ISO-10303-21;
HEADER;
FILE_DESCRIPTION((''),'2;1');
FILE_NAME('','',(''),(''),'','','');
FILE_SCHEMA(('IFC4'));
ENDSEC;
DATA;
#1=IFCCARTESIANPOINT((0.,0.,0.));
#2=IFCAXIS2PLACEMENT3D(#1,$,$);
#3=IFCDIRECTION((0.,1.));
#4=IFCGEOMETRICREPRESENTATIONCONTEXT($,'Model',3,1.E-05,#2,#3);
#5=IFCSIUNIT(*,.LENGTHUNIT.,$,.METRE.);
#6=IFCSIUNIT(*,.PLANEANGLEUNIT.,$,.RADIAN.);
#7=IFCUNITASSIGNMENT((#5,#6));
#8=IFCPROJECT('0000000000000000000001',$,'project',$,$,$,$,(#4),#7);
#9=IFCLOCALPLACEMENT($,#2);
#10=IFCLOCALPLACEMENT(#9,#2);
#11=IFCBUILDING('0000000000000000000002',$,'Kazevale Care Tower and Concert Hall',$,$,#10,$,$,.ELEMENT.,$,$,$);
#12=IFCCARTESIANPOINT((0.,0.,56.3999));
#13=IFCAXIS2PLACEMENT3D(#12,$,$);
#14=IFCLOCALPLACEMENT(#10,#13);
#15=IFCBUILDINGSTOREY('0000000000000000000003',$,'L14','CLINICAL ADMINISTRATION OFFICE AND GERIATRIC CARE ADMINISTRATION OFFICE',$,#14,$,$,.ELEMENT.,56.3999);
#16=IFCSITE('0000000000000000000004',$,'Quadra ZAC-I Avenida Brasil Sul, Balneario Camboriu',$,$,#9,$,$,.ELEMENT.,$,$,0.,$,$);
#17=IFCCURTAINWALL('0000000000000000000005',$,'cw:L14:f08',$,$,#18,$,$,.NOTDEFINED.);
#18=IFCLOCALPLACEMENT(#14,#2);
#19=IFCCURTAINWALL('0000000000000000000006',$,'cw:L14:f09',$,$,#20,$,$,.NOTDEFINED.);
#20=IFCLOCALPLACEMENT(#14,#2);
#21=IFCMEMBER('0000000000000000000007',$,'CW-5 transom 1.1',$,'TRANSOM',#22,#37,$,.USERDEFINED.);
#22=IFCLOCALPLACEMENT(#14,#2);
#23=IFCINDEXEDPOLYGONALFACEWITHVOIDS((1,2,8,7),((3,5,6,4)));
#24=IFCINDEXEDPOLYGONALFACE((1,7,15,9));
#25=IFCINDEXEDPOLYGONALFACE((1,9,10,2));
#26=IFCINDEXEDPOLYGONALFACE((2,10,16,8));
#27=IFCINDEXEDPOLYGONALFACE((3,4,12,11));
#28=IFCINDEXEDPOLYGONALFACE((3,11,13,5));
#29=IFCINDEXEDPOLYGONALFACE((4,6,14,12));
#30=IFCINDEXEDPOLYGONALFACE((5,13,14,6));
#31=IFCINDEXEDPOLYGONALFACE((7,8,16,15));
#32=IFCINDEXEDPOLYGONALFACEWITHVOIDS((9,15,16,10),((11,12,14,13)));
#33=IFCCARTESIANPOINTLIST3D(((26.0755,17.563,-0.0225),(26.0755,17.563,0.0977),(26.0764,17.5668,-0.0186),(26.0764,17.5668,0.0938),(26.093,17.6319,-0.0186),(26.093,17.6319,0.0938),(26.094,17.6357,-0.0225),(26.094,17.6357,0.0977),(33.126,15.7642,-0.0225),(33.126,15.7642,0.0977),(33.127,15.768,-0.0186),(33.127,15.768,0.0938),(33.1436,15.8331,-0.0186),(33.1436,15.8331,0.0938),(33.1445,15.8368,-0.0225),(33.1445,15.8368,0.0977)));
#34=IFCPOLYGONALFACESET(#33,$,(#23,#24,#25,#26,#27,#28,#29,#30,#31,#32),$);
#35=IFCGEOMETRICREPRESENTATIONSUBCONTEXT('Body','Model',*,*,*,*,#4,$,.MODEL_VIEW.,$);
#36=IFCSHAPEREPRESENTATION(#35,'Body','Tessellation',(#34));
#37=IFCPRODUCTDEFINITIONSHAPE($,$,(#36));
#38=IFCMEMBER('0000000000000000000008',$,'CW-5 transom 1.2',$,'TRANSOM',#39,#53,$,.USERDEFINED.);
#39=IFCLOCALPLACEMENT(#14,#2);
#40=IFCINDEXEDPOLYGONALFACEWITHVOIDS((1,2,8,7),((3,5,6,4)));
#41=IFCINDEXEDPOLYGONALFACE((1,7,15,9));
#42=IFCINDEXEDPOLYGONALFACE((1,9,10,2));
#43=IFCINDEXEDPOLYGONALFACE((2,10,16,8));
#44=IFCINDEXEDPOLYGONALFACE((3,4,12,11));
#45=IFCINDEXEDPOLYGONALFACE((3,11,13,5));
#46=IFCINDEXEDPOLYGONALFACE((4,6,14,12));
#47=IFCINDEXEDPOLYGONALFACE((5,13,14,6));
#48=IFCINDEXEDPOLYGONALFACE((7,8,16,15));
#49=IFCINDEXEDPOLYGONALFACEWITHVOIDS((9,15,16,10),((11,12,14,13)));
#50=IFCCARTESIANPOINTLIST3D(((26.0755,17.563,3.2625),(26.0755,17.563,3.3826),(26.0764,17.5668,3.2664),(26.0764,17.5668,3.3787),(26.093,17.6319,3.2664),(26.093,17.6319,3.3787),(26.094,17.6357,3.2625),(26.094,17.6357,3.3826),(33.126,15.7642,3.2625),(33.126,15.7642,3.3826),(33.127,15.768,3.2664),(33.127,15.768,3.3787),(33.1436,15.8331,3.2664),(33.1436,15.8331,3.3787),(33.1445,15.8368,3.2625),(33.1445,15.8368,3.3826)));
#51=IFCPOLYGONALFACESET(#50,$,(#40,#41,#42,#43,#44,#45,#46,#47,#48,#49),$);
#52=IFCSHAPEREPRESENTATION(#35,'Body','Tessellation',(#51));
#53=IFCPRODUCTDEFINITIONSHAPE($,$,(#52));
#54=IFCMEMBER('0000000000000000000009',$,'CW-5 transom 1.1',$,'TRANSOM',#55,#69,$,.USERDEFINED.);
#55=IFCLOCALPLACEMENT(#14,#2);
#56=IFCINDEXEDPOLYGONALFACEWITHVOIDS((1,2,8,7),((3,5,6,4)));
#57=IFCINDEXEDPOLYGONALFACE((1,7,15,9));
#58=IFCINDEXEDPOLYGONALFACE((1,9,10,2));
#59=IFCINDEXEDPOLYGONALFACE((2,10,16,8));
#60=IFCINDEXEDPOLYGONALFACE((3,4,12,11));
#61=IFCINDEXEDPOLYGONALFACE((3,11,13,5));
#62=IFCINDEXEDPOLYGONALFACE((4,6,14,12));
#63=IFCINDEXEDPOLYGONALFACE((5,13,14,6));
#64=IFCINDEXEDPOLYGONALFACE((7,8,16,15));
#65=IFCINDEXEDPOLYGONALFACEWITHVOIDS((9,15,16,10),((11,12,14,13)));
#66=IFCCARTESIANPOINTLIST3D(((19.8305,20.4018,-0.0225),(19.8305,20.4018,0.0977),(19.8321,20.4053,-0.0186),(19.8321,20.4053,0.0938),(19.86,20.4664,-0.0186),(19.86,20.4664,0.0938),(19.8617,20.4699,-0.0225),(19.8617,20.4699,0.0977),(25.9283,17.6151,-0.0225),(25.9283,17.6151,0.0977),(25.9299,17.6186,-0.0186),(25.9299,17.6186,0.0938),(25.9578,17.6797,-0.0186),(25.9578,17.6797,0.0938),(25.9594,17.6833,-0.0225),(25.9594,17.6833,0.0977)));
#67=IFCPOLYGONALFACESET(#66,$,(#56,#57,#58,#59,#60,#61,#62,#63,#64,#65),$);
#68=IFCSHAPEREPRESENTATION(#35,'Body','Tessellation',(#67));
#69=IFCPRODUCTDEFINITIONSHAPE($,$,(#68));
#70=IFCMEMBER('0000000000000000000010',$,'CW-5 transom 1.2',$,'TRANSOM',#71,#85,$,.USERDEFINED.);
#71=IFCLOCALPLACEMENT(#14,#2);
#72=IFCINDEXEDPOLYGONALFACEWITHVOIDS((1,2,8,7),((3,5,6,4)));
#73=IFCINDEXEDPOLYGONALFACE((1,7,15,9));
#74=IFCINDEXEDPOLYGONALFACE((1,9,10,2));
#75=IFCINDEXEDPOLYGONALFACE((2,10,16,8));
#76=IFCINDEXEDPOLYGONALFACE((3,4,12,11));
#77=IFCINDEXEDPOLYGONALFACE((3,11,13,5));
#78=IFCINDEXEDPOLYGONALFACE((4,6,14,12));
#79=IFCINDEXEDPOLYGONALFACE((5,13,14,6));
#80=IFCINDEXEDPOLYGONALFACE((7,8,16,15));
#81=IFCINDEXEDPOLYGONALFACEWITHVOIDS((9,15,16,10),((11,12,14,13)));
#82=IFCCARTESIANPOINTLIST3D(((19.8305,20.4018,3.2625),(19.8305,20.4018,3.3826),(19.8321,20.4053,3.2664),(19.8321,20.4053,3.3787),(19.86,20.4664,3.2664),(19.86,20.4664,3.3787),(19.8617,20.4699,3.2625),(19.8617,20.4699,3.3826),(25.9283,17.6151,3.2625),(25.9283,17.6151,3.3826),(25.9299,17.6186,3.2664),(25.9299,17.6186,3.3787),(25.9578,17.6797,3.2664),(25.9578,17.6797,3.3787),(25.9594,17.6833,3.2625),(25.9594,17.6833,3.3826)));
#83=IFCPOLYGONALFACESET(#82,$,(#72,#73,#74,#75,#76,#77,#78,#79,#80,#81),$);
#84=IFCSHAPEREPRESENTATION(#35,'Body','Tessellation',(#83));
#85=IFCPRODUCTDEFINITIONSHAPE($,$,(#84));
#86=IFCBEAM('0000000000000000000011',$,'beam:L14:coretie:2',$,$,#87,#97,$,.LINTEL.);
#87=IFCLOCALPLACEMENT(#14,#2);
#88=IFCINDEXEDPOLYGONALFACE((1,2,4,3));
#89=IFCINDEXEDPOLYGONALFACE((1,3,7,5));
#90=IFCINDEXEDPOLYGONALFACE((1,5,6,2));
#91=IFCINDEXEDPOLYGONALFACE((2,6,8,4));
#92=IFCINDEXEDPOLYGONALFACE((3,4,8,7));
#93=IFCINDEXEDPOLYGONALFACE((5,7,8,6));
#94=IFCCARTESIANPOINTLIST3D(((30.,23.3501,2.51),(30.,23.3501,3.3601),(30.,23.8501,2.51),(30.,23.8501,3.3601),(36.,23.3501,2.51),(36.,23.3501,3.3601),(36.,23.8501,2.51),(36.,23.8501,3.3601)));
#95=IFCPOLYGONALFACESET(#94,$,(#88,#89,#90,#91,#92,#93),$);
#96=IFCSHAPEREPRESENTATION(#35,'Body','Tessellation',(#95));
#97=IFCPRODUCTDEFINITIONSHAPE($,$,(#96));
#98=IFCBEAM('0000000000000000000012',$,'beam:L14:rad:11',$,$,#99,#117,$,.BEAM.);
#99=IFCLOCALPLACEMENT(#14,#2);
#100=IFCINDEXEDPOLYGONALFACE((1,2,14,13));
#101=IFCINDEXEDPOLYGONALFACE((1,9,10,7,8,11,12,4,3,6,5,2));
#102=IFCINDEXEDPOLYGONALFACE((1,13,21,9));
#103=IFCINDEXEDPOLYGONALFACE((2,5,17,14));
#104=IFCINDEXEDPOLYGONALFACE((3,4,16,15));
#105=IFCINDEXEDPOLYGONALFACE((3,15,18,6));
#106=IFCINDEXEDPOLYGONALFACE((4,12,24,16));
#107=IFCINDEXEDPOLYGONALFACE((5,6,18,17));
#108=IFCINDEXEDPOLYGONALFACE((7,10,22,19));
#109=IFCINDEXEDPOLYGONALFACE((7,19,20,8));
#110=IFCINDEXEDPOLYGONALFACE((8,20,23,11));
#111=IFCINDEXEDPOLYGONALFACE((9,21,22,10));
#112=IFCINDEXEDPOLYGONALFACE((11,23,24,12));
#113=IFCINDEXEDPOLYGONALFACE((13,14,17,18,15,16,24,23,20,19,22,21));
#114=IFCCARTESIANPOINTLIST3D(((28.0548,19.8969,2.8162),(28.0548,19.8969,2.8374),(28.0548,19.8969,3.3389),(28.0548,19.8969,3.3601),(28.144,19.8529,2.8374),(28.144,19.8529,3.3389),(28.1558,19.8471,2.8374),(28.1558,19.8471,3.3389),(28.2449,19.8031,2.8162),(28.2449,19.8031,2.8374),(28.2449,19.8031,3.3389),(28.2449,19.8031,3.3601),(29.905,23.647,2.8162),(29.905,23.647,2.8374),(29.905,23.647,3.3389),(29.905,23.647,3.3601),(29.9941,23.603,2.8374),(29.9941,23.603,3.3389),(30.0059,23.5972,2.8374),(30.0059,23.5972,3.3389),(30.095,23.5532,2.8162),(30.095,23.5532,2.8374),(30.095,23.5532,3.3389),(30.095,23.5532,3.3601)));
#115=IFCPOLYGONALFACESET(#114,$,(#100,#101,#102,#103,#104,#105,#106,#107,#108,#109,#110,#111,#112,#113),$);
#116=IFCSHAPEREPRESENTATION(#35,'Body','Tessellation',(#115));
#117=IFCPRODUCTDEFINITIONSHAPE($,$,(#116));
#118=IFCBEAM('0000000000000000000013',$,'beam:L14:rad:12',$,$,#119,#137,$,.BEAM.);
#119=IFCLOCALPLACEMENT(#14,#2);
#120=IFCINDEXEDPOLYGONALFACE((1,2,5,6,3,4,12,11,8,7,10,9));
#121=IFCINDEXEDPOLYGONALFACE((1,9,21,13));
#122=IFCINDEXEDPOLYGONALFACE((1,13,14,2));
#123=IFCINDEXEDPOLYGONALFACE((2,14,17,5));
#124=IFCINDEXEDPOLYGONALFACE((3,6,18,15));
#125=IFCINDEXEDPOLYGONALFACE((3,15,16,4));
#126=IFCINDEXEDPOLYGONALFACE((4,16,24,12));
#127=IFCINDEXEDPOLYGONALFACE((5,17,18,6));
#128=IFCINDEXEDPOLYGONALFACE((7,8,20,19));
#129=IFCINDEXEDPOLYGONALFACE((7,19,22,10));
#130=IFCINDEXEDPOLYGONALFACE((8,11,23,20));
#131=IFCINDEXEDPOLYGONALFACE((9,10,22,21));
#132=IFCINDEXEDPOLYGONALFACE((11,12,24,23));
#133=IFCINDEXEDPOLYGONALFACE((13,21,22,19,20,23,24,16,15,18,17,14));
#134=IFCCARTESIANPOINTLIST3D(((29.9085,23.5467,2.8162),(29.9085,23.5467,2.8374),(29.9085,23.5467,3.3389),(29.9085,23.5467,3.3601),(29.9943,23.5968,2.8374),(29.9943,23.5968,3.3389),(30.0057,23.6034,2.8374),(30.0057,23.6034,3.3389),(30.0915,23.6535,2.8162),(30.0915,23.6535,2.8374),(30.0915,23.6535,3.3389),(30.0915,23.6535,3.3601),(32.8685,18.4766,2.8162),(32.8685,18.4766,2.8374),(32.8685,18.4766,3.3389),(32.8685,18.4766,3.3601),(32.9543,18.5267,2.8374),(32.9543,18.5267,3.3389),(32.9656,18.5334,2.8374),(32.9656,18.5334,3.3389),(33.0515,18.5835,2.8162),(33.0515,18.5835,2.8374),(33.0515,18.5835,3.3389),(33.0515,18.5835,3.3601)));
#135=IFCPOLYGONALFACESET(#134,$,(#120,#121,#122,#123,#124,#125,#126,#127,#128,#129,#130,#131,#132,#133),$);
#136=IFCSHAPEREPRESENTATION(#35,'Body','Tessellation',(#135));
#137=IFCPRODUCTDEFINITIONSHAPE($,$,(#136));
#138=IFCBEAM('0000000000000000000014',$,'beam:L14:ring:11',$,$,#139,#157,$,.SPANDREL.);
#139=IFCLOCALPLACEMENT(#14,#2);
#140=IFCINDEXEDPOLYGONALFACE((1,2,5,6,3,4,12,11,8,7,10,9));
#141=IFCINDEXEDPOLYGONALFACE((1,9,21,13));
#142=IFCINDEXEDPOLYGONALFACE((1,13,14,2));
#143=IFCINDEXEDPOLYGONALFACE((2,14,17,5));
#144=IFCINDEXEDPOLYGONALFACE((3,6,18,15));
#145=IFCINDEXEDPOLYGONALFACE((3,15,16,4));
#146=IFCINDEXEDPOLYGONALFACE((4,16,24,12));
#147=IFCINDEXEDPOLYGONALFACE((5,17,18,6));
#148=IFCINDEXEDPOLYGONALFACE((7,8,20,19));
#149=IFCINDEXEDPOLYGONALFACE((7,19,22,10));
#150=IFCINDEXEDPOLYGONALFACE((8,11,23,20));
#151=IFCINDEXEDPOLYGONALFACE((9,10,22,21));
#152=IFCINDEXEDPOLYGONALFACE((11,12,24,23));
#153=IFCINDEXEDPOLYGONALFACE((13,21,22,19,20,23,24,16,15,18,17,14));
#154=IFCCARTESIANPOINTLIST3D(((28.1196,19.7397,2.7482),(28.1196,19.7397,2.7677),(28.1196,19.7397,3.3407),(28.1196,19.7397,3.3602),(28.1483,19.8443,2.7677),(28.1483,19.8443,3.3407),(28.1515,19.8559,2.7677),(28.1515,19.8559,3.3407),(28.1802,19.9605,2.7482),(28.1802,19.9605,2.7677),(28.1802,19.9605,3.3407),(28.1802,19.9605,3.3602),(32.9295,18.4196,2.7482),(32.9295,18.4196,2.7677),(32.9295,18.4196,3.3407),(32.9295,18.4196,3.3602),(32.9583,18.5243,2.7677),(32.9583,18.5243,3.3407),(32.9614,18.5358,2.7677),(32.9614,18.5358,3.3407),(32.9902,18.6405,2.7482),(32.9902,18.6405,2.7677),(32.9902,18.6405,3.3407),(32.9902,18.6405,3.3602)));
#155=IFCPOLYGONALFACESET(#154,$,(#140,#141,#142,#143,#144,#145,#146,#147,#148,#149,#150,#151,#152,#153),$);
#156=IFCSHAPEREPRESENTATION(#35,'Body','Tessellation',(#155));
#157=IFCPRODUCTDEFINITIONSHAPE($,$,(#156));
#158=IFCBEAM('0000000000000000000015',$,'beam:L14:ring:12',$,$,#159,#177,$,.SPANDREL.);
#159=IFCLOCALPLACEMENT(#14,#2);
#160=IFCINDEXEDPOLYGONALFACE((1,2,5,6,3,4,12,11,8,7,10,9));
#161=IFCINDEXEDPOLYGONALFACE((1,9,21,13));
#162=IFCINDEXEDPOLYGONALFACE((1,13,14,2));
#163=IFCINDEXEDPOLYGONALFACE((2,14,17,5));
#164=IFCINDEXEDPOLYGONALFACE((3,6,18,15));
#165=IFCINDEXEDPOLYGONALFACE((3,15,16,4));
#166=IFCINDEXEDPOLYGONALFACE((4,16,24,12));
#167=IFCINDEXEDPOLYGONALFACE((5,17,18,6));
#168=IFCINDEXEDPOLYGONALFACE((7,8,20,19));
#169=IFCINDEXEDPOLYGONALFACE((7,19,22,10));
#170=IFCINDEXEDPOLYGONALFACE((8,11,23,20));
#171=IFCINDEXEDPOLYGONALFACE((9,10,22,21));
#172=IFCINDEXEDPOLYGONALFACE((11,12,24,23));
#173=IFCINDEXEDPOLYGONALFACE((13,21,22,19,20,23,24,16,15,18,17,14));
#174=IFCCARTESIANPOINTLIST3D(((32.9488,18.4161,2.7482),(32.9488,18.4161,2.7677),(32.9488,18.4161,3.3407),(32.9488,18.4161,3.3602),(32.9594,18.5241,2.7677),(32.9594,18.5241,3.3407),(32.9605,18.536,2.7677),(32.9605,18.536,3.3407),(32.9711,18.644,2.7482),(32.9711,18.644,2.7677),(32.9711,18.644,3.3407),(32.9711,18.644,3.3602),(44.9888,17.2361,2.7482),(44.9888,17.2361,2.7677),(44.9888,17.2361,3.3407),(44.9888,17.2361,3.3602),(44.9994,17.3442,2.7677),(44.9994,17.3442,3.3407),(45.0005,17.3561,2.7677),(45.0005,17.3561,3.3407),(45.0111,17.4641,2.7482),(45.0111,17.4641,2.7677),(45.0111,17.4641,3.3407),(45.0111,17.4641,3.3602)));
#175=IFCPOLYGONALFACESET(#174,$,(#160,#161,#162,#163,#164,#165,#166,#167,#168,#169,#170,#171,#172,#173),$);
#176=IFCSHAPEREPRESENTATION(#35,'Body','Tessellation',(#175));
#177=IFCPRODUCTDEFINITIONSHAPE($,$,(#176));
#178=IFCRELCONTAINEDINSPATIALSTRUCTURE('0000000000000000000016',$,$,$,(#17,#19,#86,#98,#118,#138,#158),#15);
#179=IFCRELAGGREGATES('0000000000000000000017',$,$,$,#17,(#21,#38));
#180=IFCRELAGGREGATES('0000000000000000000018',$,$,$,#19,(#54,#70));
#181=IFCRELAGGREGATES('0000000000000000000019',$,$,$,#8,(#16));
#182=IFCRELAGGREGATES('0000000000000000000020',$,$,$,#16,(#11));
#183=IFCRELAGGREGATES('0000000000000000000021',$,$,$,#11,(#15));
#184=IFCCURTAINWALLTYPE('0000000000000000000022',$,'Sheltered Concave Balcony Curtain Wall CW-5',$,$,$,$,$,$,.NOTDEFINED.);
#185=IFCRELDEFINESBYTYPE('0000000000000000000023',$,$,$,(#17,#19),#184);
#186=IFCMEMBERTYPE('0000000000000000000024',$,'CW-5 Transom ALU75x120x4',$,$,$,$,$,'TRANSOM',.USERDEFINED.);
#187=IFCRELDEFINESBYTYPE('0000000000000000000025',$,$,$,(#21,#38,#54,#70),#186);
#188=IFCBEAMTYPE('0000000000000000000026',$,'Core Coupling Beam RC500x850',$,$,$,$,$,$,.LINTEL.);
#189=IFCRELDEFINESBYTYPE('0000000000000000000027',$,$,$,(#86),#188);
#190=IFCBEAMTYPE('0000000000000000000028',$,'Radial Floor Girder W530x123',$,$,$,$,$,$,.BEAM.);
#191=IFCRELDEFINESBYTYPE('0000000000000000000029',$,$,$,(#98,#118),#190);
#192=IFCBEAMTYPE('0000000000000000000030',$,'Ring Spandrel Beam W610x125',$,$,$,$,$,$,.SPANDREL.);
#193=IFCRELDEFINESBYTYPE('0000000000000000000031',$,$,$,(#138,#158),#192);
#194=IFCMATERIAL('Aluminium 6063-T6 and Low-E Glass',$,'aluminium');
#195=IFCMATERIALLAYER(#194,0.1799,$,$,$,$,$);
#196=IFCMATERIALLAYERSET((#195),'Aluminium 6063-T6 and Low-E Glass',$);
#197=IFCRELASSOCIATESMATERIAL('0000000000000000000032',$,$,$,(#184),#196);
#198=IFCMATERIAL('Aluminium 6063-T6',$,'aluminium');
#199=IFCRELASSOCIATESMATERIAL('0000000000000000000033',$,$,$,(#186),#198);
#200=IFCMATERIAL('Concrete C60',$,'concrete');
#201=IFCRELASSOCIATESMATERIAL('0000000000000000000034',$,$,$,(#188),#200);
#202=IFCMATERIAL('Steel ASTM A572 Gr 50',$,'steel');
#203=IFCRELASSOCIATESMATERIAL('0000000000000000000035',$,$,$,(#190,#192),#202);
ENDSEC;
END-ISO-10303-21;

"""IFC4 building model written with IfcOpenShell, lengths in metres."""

from ifc_helpers import new_model, si_unit, direction, frame, origin, origin_2d, place, context, subcontext, project, spatial, rectangle, hollow_rectangle, i_section, extrude, material, layer, layer_set, material_profile, profile_set, type_object, element, aggregate, save


model = new_model("IFC4")

# Units and contexts
model_context = context("Model", 3, precision=1e-05, world=origin(), true_north=direction((0.0, 1.0)))
body_context = subcontext(model_context, "Body", "Model", "MODEL_VIEW")
ifc_project = project(units=[si_unit("LENGTHUNIT", "METRE"), si_unit("PLANEANGLEUNIT", "RADIAN")], contexts=[model_context])

# Site, building, storey
site_placement = place(None, origin())
site = spatial("IfcSite", under=ifc_project, at=site_placement, Name="Quadra ZAC-I Avenida Brasil Sul, Balneario Camboriu", CompositionType="ELEMENT", RefElevation=0.0)
building_placement = place(site_placement, origin())
building = spatial("IfcBuilding", under=site, at=building_placement, Name="Kazevale Care Tower and Concert Hall", CompositionType="ELEMENT")
storey_placement = place(building_placement, frame((0.0, 0.0, 56.3999)))
storey = spatial("IfcBuildingStorey", under=building, at=storey_placement, Name="L14", Description="CLINICAL ADMINISTRATION OFFICE AND GERIATRIC CARE ADMINISTRATION OFFICE", CompositionType="ELEMENT", Elevation=56.3999)

# Shared definitions
ifc_material_1 = material(Name="Aluminium 6063-T6 and Low-E Glass", Category="aluminium")
ifc_layer_1 = layer(ifc_material_1, 0.1799)
ifc_layer_set_1 = layer_set([ifc_layer_1], Name="Aluminium 6063-T6 and Low-E Glass")
curtain_wall_type = type_object("IfcCurtainWallType", Name="Sheltered Concave Balcony Curtain Wall CW-5", PredefinedType="NOTDEFINED", material=ifc_layer_set_1)
ifc_material_2 = material(Name="Aluminium 6063-T6", Category="aluminium")

# Curtain wall
curtain_wall_1_placement = place(storey_placement, origin())
curtain_wall_1 = element("IfcCurtainWall", 1, at=curtain_wall_1_placement, inside=storey, type_object=curtain_wall_type, Name="cw:L14:f08", PredefinedType="NOTDEFINED")

# Curtain wall
curtain_wall_2_placement = place(storey_placement, origin())
curtain_wall_2 = element("IfcCurtainWall", 2, at=curtain_wall_2_placement, inside=storey, type_object=curtain_wall_type, Name="cw:L14:f09", PredefinedType="NOTDEFINED")

# Members
ifc_material_profile_1 = material_profile(ifc_material_2, hollow_rectangle(XDim=0.075, YDim=0.1201, WallThickness=0.0039, at=origin_2d()), Name="ALU75x120x4")
ifc_profile_set_1 = profile_set([ifc_material_profile_1], Name="Aluminium 6063-T6")
member_type_1 = type_object("IfcMemberType", Name="CW-5 Transom ALU75x120x4", ElementType="TRANSOM", PredefinedType="USERDEFINED", material=ifc_profile_set_1)
member_1_placement = place(storey_placement, frame((33.1353, 15.8005, 0.0376), z_axis=(-0.968961, 0.247214, 0.0), x_axis=(-0.247214, -0.968961, 0.0)))
member_1 = element("IfcMember", 3, at=member_1_placement, type_object=member_type_1, Name="CW-5 transom 1.1", ObjectType="TRANSOM", PredefinedType="USERDEFINED", context=body_context, shape_type="SweptSolid", body=[
    extrude(hollow_rectangle(XDim=0.075, YDim=0.1201, WallThickness=0.0039, at=origin_2d()), origin(), (0.0, 0.0, 1.0), 7.2764),
])
member_2_placement = place(storey_placement, frame((33.1353, 15.8005, 3.3225), z_axis=(-0.968961, 0.247214, 0.0), x_axis=(-0.247214, -0.968961, 0.0)))
member_2 = element("IfcMember", 4, at=member_2_placement, type_object=member_type_1, Name="CW-5 transom 1.2", ObjectType="TRANSOM", PredefinedType="USERDEFINED", context=body_context, shape_type="SweptSolid", body=[
    extrude(hollow_rectangle(XDim=0.075, YDim=0.1201, WallThickness=0.0039, at=origin_2d()), origin(), (0.0, 0.0, 1.0), 7.2764),
])
member_3_placement = place(storey_placement, frame((25.9438, 17.6492, 0.0376), z_axis=(-0.909524, 0.415651, 0.0), x_axis=(-0.415651, -0.909524, 0.0)))
member_3 = element("IfcMember", 5, at=member_3_placement, type_object=member_type_1, Name="CW-5 transom 1.1", ObjectType="TRANSOM", PredefinedType="USERDEFINED", context=body_context, shape_type="SweptSolid", body=[
    extrude(hollow_rectangle(XDim=0.075, YDim=0.1201, WallThickness=0.0039, at=origin_2d()), origin(), (0.0, 0.0, 1.0), 6.7043),
])
member_4_placement = place(storey_placement, frame((25.9438, 17.6492, 3.3225), z_axis=(-0.909524, 0.415651, 0.0), x_axis=(-0.415651, -0.909524, 0.0)))
member_4 = element("IfcMember", 6, at=member_4_placement, type_object=member_type_1, Name="CW-5 transom 1.2", ObjectType="TRANSOM", PredefinedType="USERDEFINED", context=body_context, shape_type="SweptSolid", body=[
    extrude(hollow_rectangle(XDim=0.075, YDim=0.1201, WallThickness=0.0039, at=origin_2d()), origin(), (0.0, 0.0, 1.0), 6.7043),
])

# Beams
ifc_material_3 = material(Name="Concrete C60", Category="concrete")
ifc_material_profile_2 = material_profile(ifc_material_3, rectangle(XDim=0.5, YDim=0.8501, at=origin_2d()), Name="RC-B500x850")
ifc_profile_set_2 = profile_set([ifc_material_profile_2], Name="Concrete C60")
beam_type_1 = type_object("IfcBeamType", Name="Core Coupling Beam RC500x850", PredefinedType="LINTEL", material=ifc_profile_set_2)
beam_1_placement = place(storey_placement, frame((30.0, 23.6001, 2.9351), z_axis=(1.0, 0.0, 0.0), x_axis=(0.0, 1.0, 0.0)))
element("IfcBeam", 7, at=beam_1_placement, inside=storey, type_object=beam_type_1, Name="beam:L14:coretie:2", PredefinedType="LINTEL", context=body_context, shape_type="SweptSolid", body=[
    extrude(rectangle(XDim=0.5, YDim=0.8501, at=origin_2d()), origin(), (0.0, 0.0, 1.0), 6.0),
])
ifc_material_4 = material(Name="Steel ASTM A572 Gr 50", Category="steel")
ifc_material_profile_3 = material_profile(ifc_material_4, i_section(OverallWidth=0.2119, OverallDepth=0.5439, WebThickness=0.0132, FlangeThickness=0.0212, at=origin_2d()), Name="W530x123")
ifc_profile_set_3 = profile_set([ifc_material_profile_3], Name="Steel ASTM A572 Gr 50")
beam_type_2 = type_object("IfcBeamType", Name="Radial Floor Girder W530x123", PredefinedType="BEAM", material=ifc_profile_set_3)
beam_2_placement = place(storey_placement, frame((30.0, 23.6001, 3.0881), z_axis=(-0.442443, -0.896797, 0.0), x_axis=(0.896797, -0.442443, 0.0)))
element("IfcBeam", 8, at=beam_2_placement, inside=storey, type_object=beam_type_2, Name="beam:L14:rad:11", PredefinedType="BEAM", context=body_context, shape_type="SweptSolid", body=[
    extrude(i_section(OverallWidth=0.2119, OverallDepth=0.5439, WebThickness=0.0132, FlangeThickness=0.0212, at=origin_2d()), origin(), (0.0, 0.0, 1.0), 4.1816),
])
beam_3_placement = place(storey_placement, frame((30.0, 23.6001, 3.0881), z_axis=(0.504179, -0.863599, 0.0), x_axis=(0.863599, 0.504179, 0.0)))
element("IfcBeam", 9, at=beam_3_placement, inside=storey, type_object=beam_type_2, Name="beam:L14:rad:12", PredefinedType="BEAM", context=body_context, shape_type="SweptSolid", body=[
    extrude(i_section(OverallWidth=0.2119, OverallDepth=0.5439, WebThickness=0.0132, FlangeThickness=0.0212, at=origin_2d()), origin(), (0.0, 0.0, 1.0), 5.8708),
])
ifc_material_profile_4 = material_profile(ifc_material_4, i_section(OverallWidth=0.229, OverallDepth=0.6121, WebThickness=0.012, FlangeThickness=0.0195, at=origin_2d()), Name="W610x125")
ifc_profile_set_4 = profile_set([ifc_material_profile_4], Name="Steel ASTM A572 Gr 50")
beam_type_3 = type_object("IfcBeamType", Name="Ring Spandrel Beam W610x125", PredefinedType="SPANDREL", material=ifc_profile_set_4)
beam_4_placement = place(storey_placement, frame((28.1499, 19.8501, 3.0542), z_axis=(0.964344, -0.264654, 0.0), x_axis=(0.264654, 0.964344, 0.0)))
element("IfcBeam", 10, at=beam_4_placement, inside=storey, type_object=beam_type_3, Name="beam:L14:ring:11", PredefinedType="SPANDREL", context=body_context, shape_type="SweptSolid", body=[
    extrude(i_section(OverallWidth=0.229, OverallDepth=0.6121, WebThickness=0.012, FlangeThickness=0.0195, at=origin_2d()), origin(), (0.0, 0.0, 1.0), 4.9878),
])
beam_5_placement = place(storey_placement, frame((32.96, 18.53, 3.0542), z_axis=(0.995232, -0.097533, 0.0), x_axis=(0.097533, 0.995232, 0.0)))
element("IfcBeam", 11, at=beam_5_placement, inside=storey, type_object=beam_type_3, Name="beam:L14:ring:12", PredefinedType="SPANDREL", context=body_context, shape_type="SweptSolid", body=[
    extrude(i_section(OverallWidth=0.229, OverallDepth=0.6121, WebThickness=0.012, FlangeThickness=0.0195, at=origin_2d()), origin(), (0.0, 0.0, 1.0), 12.0977),
])

aggregate(curtain_wall_1, [member_1, member_2])
aggregate(curtain_wall_2, [member_3, member_4])

save(model, "model.ifc")
